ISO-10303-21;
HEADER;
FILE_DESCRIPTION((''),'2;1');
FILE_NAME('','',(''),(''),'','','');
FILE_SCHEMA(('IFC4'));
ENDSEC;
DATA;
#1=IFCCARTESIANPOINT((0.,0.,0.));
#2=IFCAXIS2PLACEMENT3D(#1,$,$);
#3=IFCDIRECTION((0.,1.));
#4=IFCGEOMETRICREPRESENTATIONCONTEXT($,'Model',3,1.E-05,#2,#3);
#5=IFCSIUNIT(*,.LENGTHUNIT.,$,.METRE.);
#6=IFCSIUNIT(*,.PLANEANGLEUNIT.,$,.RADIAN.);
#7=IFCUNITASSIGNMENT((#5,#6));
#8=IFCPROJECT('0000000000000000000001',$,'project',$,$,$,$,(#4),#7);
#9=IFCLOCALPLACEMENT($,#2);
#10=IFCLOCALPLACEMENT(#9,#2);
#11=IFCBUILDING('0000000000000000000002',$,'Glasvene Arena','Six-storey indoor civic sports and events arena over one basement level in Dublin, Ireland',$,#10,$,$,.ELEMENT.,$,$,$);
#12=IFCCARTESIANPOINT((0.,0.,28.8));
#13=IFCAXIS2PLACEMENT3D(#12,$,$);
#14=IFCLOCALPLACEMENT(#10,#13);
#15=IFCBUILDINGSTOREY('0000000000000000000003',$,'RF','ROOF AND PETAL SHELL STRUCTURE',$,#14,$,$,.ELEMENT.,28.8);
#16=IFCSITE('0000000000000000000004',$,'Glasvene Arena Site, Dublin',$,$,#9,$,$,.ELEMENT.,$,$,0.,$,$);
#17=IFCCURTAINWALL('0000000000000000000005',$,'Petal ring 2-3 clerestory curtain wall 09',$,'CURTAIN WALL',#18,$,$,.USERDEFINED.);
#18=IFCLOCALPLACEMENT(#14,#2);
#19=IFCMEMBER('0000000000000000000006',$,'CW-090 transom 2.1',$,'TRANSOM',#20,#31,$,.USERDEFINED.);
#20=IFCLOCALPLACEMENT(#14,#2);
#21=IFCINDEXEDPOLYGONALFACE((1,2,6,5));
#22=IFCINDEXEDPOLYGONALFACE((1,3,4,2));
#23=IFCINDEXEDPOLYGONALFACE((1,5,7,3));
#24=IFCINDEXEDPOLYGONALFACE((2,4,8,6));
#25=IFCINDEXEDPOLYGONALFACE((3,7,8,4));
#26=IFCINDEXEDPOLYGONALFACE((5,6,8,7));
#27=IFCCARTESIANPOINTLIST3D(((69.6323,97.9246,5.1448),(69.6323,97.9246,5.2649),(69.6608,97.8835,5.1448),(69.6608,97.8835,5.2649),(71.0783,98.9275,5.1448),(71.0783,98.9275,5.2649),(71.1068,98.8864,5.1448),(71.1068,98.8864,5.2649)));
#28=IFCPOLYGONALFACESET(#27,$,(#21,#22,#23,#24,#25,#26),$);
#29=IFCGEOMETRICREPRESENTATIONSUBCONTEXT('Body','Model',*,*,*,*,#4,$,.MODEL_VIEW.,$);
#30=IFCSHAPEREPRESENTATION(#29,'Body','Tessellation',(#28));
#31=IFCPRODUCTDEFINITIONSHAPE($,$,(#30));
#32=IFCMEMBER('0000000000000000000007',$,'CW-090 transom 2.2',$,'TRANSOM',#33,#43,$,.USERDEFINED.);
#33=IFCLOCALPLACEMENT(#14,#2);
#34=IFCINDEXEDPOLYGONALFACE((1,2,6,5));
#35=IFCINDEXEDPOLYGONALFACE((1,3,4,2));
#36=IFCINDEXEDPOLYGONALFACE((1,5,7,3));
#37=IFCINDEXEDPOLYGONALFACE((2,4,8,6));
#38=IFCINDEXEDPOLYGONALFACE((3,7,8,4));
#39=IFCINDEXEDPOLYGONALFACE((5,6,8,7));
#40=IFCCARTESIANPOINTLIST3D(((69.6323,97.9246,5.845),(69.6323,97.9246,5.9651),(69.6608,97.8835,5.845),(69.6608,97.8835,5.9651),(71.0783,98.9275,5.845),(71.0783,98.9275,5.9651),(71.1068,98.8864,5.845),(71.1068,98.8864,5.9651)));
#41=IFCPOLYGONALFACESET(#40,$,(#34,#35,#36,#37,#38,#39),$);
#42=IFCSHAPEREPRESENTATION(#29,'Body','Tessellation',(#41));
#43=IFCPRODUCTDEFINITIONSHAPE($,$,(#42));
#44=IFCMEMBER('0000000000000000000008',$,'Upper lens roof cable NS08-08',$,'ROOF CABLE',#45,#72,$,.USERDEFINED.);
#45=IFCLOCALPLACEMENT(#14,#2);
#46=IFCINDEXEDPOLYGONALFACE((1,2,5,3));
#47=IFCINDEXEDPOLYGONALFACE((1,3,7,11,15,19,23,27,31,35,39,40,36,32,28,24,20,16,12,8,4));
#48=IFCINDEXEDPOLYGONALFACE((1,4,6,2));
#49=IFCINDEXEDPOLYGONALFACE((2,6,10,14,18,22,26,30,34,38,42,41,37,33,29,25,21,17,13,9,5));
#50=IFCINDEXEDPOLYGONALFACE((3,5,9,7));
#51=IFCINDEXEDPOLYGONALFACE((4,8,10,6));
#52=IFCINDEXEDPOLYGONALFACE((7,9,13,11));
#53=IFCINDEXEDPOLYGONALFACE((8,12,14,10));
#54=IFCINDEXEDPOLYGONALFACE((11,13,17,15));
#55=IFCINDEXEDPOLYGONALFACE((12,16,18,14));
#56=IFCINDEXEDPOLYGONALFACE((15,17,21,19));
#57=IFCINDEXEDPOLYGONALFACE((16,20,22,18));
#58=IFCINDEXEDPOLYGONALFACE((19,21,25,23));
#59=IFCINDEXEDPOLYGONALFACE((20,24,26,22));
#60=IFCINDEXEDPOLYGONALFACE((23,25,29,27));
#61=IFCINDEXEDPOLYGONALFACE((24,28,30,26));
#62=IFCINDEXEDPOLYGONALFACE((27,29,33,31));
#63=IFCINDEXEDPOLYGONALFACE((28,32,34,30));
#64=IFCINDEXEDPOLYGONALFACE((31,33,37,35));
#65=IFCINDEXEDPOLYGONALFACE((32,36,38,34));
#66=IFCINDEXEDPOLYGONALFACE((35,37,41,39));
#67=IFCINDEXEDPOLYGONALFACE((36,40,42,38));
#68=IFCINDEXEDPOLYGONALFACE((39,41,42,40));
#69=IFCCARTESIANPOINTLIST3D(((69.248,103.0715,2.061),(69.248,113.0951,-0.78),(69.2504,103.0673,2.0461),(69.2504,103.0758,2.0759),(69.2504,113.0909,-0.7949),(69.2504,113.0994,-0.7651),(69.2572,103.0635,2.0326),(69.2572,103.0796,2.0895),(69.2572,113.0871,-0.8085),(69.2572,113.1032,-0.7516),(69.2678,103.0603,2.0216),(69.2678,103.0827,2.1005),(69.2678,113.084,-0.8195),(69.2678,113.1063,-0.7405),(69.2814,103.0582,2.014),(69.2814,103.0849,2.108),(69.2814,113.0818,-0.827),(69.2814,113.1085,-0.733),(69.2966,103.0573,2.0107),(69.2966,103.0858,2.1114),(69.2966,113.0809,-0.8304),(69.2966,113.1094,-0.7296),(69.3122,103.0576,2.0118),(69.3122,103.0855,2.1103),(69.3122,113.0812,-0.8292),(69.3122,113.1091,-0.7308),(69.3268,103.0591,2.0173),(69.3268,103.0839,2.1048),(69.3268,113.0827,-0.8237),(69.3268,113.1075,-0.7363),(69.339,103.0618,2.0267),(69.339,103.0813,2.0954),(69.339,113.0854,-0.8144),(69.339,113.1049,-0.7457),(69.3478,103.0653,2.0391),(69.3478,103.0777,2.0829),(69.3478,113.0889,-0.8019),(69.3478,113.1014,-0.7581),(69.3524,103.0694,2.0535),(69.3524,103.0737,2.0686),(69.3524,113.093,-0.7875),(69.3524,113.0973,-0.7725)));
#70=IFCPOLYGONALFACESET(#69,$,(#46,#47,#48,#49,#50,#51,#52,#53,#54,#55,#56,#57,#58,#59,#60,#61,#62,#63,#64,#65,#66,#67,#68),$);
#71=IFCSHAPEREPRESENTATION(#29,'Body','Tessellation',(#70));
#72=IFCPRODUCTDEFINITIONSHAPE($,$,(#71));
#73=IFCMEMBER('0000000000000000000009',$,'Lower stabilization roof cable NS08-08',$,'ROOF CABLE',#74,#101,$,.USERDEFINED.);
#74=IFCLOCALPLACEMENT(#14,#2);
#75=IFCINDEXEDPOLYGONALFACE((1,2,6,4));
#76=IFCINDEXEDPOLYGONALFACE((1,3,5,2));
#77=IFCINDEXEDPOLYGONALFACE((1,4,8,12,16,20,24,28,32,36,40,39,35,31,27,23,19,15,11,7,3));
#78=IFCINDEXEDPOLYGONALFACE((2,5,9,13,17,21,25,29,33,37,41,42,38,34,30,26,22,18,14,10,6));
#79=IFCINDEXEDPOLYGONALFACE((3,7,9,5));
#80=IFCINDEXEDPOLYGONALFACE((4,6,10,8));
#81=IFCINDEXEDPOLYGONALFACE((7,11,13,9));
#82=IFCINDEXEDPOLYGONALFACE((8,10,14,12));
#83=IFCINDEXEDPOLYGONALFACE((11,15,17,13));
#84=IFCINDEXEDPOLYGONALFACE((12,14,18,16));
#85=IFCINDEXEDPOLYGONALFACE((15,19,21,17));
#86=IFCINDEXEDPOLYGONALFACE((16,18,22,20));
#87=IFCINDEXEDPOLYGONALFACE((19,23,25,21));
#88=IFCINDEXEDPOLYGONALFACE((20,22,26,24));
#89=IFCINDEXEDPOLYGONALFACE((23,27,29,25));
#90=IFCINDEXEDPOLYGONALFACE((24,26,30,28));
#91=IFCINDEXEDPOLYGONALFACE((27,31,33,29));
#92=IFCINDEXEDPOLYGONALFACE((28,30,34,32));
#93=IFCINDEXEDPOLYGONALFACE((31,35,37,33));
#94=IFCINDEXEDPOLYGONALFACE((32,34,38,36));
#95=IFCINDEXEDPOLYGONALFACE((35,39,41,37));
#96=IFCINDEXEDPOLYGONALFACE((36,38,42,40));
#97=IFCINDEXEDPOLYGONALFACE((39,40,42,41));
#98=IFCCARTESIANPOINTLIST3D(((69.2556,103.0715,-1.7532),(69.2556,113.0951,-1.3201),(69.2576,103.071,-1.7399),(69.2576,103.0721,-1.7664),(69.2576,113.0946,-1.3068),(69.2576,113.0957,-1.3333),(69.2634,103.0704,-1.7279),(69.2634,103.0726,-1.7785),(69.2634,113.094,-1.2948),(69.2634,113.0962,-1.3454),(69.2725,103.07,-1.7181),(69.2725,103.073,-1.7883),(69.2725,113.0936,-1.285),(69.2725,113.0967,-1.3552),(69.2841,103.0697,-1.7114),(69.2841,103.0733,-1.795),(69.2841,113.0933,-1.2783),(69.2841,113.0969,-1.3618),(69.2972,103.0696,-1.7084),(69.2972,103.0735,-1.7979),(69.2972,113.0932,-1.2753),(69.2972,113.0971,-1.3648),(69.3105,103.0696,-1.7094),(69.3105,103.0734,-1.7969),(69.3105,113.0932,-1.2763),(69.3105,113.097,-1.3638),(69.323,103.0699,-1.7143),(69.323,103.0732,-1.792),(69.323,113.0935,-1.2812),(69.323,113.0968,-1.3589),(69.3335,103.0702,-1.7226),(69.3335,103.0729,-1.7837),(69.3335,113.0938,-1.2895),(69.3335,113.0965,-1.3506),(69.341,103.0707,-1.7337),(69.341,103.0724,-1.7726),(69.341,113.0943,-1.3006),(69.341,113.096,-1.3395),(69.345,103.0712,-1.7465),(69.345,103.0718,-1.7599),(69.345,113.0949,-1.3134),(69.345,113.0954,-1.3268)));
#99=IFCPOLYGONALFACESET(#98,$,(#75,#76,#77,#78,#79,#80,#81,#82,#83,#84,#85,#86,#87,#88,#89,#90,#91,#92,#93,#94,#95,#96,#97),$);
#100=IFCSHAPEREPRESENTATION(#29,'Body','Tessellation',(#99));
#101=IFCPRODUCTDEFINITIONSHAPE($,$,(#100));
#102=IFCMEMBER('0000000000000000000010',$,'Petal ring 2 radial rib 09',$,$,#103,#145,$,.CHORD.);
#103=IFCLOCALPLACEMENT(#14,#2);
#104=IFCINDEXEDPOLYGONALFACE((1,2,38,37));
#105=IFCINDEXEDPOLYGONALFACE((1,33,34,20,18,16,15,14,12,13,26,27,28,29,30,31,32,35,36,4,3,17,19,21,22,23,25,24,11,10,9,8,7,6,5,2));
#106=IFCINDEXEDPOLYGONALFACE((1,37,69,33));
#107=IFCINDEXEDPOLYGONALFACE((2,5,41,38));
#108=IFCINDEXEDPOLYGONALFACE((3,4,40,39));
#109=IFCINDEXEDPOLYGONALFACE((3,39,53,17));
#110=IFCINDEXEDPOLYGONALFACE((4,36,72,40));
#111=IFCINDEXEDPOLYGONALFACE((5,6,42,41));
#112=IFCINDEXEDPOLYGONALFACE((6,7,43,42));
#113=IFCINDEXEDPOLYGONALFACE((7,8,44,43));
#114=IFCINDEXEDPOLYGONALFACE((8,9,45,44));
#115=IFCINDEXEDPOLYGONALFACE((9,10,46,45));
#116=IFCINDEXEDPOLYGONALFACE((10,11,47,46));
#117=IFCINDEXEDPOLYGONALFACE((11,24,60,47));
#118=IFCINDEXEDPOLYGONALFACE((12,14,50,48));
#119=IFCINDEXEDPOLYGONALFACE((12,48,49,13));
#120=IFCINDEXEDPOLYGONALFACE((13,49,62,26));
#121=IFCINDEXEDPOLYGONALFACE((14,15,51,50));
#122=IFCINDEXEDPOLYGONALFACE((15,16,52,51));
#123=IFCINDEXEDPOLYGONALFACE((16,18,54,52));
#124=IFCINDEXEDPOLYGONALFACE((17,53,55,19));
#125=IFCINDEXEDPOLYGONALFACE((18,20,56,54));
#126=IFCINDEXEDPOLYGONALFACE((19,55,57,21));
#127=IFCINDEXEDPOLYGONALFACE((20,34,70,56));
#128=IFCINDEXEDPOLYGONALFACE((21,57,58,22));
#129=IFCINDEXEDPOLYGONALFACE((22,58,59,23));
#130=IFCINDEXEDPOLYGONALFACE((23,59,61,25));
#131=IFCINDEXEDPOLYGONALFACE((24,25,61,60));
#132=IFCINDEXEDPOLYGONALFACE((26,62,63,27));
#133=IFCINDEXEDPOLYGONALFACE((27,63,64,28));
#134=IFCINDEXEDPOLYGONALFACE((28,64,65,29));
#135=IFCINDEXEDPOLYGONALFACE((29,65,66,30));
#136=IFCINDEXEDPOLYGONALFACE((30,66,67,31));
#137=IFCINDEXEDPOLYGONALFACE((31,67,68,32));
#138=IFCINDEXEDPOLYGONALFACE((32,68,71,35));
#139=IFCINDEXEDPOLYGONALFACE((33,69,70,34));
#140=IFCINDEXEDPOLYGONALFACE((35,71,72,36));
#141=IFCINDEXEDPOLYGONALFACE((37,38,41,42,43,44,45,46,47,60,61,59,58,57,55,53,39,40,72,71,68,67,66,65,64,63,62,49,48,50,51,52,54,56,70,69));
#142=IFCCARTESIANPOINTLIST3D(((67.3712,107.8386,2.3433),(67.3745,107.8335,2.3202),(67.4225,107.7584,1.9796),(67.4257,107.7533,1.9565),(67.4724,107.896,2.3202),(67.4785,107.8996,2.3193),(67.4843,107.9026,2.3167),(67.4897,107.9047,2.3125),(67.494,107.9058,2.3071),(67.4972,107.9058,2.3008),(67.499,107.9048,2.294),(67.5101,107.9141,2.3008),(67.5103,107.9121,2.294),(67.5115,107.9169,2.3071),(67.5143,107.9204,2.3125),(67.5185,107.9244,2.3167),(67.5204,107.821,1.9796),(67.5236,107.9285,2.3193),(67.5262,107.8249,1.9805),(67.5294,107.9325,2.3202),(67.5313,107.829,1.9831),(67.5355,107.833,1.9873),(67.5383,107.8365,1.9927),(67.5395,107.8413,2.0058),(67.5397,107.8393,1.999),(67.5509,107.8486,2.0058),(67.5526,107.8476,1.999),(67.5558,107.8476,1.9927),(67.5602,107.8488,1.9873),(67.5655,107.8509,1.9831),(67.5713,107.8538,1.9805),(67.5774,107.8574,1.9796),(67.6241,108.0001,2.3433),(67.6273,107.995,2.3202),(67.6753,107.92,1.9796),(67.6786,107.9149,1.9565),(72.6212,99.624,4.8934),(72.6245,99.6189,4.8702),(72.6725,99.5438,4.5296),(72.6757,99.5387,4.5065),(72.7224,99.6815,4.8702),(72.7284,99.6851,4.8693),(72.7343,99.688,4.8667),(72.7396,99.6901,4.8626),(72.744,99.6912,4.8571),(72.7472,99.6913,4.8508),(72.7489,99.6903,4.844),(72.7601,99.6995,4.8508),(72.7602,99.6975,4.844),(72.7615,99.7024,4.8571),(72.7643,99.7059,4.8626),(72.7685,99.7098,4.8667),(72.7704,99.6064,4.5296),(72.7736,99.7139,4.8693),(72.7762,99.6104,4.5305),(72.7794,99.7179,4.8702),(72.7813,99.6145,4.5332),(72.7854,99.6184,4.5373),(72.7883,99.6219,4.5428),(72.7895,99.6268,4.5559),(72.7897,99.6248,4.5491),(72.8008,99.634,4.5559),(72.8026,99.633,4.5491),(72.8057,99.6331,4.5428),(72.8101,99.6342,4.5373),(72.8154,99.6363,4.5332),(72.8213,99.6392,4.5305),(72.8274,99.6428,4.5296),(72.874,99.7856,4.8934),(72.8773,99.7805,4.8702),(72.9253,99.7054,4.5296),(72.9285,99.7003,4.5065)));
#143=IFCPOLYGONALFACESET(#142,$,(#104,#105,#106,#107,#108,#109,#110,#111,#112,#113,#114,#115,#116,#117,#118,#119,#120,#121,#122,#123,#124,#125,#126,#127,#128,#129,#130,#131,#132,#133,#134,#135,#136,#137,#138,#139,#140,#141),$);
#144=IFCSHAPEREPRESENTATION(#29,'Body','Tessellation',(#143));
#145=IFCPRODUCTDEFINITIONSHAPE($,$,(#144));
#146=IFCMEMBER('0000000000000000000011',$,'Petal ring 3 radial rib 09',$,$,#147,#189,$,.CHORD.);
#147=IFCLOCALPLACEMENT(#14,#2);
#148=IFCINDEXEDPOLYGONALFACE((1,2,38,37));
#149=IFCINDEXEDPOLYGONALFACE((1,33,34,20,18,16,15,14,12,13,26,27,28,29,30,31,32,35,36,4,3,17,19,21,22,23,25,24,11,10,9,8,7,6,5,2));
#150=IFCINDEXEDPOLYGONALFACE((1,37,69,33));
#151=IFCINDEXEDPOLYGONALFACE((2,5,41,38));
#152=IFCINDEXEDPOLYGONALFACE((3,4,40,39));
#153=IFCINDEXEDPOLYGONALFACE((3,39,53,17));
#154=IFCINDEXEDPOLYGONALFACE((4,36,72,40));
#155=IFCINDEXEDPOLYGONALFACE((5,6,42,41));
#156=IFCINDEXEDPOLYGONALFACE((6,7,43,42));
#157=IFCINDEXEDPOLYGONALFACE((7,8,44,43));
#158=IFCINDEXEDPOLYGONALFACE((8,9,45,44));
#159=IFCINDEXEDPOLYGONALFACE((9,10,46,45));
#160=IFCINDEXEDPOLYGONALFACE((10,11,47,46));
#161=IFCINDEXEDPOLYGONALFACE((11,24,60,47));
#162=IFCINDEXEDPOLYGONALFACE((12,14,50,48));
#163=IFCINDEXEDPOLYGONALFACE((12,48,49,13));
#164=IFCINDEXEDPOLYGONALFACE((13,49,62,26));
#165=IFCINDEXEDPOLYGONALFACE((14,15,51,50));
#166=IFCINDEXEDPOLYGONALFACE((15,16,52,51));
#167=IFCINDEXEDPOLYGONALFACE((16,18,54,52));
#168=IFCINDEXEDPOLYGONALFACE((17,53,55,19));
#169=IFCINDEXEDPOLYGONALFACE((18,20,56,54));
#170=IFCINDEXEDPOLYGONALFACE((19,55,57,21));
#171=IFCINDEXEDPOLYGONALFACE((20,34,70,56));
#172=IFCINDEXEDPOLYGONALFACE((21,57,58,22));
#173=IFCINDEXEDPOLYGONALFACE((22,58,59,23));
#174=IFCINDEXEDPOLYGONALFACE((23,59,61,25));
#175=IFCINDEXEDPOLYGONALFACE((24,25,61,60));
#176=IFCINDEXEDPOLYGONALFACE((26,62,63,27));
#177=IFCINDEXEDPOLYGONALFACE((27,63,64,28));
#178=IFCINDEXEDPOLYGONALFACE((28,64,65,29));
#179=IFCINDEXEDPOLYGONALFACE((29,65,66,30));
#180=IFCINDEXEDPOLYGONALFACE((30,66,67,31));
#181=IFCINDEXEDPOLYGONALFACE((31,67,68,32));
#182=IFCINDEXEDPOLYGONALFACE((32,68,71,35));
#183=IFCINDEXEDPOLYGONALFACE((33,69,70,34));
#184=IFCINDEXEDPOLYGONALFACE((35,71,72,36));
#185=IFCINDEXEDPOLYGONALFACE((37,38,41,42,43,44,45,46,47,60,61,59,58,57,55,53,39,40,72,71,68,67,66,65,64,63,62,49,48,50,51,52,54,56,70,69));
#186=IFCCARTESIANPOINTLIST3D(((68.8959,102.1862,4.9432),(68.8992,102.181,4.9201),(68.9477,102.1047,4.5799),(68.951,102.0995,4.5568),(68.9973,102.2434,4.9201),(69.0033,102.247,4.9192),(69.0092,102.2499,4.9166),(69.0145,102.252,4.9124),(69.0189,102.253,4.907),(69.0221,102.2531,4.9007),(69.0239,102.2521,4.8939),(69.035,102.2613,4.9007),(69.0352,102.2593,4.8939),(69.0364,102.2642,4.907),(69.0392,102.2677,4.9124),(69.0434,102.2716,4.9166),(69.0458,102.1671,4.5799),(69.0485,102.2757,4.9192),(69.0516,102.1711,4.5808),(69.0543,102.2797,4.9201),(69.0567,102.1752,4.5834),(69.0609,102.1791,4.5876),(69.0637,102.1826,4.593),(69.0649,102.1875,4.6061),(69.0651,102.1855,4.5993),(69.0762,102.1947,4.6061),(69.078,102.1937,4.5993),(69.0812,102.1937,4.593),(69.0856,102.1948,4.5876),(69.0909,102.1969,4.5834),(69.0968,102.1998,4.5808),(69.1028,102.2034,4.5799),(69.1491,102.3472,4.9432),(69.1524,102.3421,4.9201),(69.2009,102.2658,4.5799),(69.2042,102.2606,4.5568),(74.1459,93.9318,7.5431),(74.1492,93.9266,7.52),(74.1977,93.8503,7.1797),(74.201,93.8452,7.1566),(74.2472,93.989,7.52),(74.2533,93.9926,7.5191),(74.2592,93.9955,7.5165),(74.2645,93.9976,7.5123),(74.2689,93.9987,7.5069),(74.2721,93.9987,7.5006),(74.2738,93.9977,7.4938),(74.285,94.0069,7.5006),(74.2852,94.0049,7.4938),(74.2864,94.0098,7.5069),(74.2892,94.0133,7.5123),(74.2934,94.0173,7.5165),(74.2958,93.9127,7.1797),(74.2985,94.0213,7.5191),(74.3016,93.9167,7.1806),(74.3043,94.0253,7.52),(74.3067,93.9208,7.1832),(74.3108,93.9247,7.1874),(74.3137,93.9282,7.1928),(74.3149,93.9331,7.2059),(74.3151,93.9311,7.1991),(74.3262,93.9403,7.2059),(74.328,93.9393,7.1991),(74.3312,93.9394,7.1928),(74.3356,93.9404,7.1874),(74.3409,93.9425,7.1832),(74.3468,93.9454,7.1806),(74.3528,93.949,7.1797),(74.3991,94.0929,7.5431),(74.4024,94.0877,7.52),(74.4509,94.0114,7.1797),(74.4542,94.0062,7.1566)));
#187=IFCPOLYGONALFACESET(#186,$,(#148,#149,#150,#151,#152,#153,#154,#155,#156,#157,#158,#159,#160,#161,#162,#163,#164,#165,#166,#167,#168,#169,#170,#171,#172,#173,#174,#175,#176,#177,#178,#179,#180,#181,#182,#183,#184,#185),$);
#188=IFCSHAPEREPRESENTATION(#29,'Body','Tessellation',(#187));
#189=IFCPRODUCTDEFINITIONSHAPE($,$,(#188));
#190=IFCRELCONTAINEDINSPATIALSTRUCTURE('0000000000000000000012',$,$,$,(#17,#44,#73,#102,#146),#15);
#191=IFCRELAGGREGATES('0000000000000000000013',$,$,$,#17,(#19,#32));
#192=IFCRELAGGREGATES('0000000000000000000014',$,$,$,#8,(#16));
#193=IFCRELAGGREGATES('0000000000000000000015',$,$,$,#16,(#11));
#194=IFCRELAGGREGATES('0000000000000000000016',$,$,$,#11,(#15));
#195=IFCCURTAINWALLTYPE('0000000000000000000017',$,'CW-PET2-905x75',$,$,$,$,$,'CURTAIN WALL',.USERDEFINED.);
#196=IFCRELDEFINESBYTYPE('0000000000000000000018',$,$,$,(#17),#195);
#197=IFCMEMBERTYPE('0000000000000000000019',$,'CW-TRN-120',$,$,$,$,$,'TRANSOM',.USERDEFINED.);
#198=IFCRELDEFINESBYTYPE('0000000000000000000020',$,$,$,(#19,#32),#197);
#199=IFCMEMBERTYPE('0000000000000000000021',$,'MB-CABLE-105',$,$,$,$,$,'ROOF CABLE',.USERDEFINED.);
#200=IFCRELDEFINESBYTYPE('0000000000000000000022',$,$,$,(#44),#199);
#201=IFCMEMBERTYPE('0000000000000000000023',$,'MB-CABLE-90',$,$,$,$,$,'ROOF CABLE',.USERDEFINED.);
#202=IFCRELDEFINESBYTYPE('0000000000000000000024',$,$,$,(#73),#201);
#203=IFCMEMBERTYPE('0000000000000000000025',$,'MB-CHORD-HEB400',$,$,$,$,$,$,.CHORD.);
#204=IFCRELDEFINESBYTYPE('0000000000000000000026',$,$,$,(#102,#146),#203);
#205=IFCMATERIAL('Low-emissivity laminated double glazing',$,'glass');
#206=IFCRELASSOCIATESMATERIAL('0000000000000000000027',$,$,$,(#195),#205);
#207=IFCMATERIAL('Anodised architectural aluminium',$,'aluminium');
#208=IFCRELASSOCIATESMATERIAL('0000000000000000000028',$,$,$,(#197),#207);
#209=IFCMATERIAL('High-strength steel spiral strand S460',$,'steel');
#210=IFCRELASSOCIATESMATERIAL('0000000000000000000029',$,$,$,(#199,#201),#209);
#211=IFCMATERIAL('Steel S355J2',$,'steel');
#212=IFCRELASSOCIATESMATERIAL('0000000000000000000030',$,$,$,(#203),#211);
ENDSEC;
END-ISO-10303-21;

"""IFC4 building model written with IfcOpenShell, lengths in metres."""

from ifc_helpers import new_model, si_unit, direction, frame, origin, origin_2d, place, context, subcontext, project, spatial, rectangle, circle, i_section, extrude, material, material_profile, profile_set, type_object, element, aggregate, save


model = new_model("IFC4")

# Units and contexts
model_context = context("Model", 3, precision=1e-05, world=origin(), true_north=direction((0.0, 1.0)))
body_context = subcontext(model_context, "Body", "Model", "MODEL_VIEW")
ifc_project = project(units=[si_unit("LENGTHUNIT", "METRE"), si_unit("PLANEANGLEUNIT", "RADIAN")], contexts=[model_context])

# Site, building, storey
site_placement = place(None, origin())
site = spatial("IfcSite", under=ifc_project, at=site_placement, Name="Glasvene Arena Site, Dublin", CompositionType="ELEMENT", RefElevation=0.0)
building_placement = place(site_placement, origin())
building = spatial("IfcBuilding", under=site, at=building_placement, Name="Glasvene Arena", Description="Six-storey indoor civic sports and events arena over one basement level in Dublin, Ireland", CompositionType="ELEMENT")
storey_placement = place(building_placement, frame((0.0, 0.0, 28.8)))
storey = spatial("IfcBuildingStorey", under=building, at=storey_placement, Name="RF", Description="ROOF AND PETAL SHELL STRUCTURE", CompositionType="ELEMENT", Elevation=28.8)

# Shared definitions
ifc_material_1 = material(Name="Low-emissivity laminated double glazing", Category="glass")
ifc_material_2 = material(Name="Anodised architectural aluminium", Category="aluminium")

# Curtain wall
curtain_wall_type_1 = type_object("IfcCurtainWallType", Name="CW-PET2-905x75", ElementType="CURTAIN WALL", PredefinedType="USERDEFINED", material=ifc_material_1)
curtain_wall_1_placement = place(storey_placement, frame((72.6001, 99.9524, 0.0)))
curtain_wall_1 = element("IfcCurtainWall", 1, at=curtain_wall_1_placement, inside=storey, type_object=curtain_wall_type_1, Name="Petal ring 2-3 clerestory curtain wall 09", ObjectType="CURTAIN WALL", PredefinedType="USERDEFINED")

# Members
ifc_material_profile_1 = material_profile(ifc_material_2, rectangle(XDim=0.05, YDim=0.1201, at=origin_2d()), Name="ALU TRANSOM 50x120")
ifc_profile_set_1 = profile_set([ifc_material_profile_1], Name="Anodised architectural aluminium")
member_type_1 = type_object("IfcMemberType", Name="CW-TRN-120", ElementType="TRANSOM", PredefinedType="USERDEFINED", material=ifc_profile_set_1)
member_1_placement = place(storey_placement, frame((71.0925, 98.907, 5.2048), z_axis=(-0.821707, -0.56991, 0.0), x_axis=(0.56991, -0.821707, 0.0)))
member_1 = element("IfcMember", 2, at=member_1_placement, type_object=member_type_1, Name="CW-090 transom 2.1", ObjectType="TRANSOM", PredefinedType="USERDEFINED", context=body_context, shape_type="SweptSolid", body=[
    extrude(rectangle(XDim=0.05, YDim=0.1201, at=origin_2d()), origin(), (0.0, 0.0, 1.0), 1.7598),
])
member_2_placement = place(storey_placement, frame((71.0925, 98.907, 5.905), z_axis=(-0.821707, -0.56991, 0.0), x_axis=(0.56991, -0.821707, 0.0)))
member_2 = element("IfcMember", 3, at=member_2_placement, type_object=member_type_1, Name="CW-090 transom 2.2", ObjectType="TRANSOM", PredefinedType="USERDEFINED", context=body_context, shape_type="SweptSolid", body=[
    extrude(rectangle(XDim=0.05, YDim=0.1201, at=origin_2d()), origin(), (0.0, 0.0, 1.0), 1.7598),
])

# Members
ifc_material_3 = material(Name="High-strength steel spiral strand S460", Category="steel")
ifc_material_profile_2 = material_profile(ifc_material_3, circle(Radius=0.0525, at=origin_2d()), Name="LCSS D105")
ifc_profile_set_2 = profile_set([ifc_material_profile_2], Name="High-strength steel spiral strand S460")
member_type_2 = type_object("IfcMemberType", Name="MB-CABLE-105", ElementType="ROOF CABLE", PredefinedType="USERDEFINED", material=ifc_profile_set_2)
member_3_placement = place(storey_placement, frame((69.3005, 103.0715, 2.061), z_axis=(0.0, 0.962101, -0.272693), x_axis=(-1.0, 0.0, 0.0)))
element("IfcMember", 4, at=member_3_placement, inside=storey, type_object=member_type_2, Name="Upper lens roof cable NS08-08", ObjectType="ROOF CABLE", PredefinedType="USERDEFINED", context=body_context, shape_type="SweptSolid", body=[
    extrude(circle(Radius=0.0525, at=origin_2d()), origin(), (0.0, 0.0, 1.0), 10.4185),
])
ifc_material_profile_3 = material_profile(ifc_material_3, circle(Radius=0.0449, at=origin_2d()), Name="LCSS D90")
ifc_profile_set_3 = profile_set([ifc_material_profile_3], Name="High-strength steel spiral strand S460")
member_type_3 = type_object("IfcMemberType", Name="MB-CABLE-90", ElementType="ROOF CABLE", PredefinedType="USERDEFINED", material=ifc_profile_set_3)
member_4_placement = place(storey_placement, frame((69.3005, 103.0715, -1.7532), z_axis=(0.0, 0.999068, 0.043168), x_axis=(-1.0, 0.0, 0.0)))
element("IfcMember", 5, at=member_4_placement, inside=storey, type_object=member_type_3, Name="Lower stabilization roof cable NS08-08", ObjectType="ROOF CABLE", PredefinedType="USERDEFINED", context=body_context, shape_type="SweptSolid", body=[
    extrude(circle(Radius=0.0449, at=origin_2d()), origin(), (0.0, 0.0, 1.0), 10.033),
])
ifc_material_4 = material(Name="Steel S355J2", Category="steel")
ifc_material_profile_4 = material_profile(ifc_material_4, i_section(OverallWidth=0.3, OverallDepth=0.3999, WebThickness=0.0134, FlangeThickness=0.0239, FilletRadius=0.0271, at=origin_2d()), Name="HEB 400")
ifc_profile_set_4 = profile_set([ifc_material_profile_4], Name="Steel S355J2")
member_type_4 = type_object("IfcMemberType", Name="MB-CHORD-HEB400", PredefinedType="CHORD", material=ifc_profile_set_4)
member_5_placement = place(storey_placement, frame((67.5249, 107.8767, 2.1499), z_axis=(0.520991, -0.815187, 0.253058), x_axis=(0.842613, 0.538519, 0.0)))
element("IfcMember", 6, at=member_5_placement, inside=storey, type_object=member_type_4, Name="Petal ring 2 radial rib 09", PredefinedType="CHORD", context=body_context, shape_type="SweptSolid", body=[
    extrude(i_section(OverallWidth=0.3, OverallDepth=0.3999, WebThickness=0.0134, FlangeThickness=0.0239, FilletRadius=0.0271, at=origin_2d()), origin(), (0.0, 0.0, 1.0), 10.0769),
])
member_6_placement = place(storey_placement, frame((69.05, 102.2234, 4.75), z_axis=(0.518667, -0.815483, 0.256849), x_axis=(0.843791, 0.536672, 0.0)))
element("IfcMember", 7, at=member_6_placement, inside=storey, type_object=member_type_4, Name="Petal ring 3 radial rib 09", PredefinedType="CHORD", context=body_context, shape_type="SweptSolid", body=[
    extrude(i_section(OverallWidth=0.3, OverallDepth=0.3999, WebThickness=0.0134, FlangeThickness=0.0239, FilletRadius=0.0271, at=origin_2d()), origin(), (0.0, 0.0, 1.0), 10.1221),
])

aggregate(curtain_wall_1, [member_1, member_2])

save(model, "model.ifc")
